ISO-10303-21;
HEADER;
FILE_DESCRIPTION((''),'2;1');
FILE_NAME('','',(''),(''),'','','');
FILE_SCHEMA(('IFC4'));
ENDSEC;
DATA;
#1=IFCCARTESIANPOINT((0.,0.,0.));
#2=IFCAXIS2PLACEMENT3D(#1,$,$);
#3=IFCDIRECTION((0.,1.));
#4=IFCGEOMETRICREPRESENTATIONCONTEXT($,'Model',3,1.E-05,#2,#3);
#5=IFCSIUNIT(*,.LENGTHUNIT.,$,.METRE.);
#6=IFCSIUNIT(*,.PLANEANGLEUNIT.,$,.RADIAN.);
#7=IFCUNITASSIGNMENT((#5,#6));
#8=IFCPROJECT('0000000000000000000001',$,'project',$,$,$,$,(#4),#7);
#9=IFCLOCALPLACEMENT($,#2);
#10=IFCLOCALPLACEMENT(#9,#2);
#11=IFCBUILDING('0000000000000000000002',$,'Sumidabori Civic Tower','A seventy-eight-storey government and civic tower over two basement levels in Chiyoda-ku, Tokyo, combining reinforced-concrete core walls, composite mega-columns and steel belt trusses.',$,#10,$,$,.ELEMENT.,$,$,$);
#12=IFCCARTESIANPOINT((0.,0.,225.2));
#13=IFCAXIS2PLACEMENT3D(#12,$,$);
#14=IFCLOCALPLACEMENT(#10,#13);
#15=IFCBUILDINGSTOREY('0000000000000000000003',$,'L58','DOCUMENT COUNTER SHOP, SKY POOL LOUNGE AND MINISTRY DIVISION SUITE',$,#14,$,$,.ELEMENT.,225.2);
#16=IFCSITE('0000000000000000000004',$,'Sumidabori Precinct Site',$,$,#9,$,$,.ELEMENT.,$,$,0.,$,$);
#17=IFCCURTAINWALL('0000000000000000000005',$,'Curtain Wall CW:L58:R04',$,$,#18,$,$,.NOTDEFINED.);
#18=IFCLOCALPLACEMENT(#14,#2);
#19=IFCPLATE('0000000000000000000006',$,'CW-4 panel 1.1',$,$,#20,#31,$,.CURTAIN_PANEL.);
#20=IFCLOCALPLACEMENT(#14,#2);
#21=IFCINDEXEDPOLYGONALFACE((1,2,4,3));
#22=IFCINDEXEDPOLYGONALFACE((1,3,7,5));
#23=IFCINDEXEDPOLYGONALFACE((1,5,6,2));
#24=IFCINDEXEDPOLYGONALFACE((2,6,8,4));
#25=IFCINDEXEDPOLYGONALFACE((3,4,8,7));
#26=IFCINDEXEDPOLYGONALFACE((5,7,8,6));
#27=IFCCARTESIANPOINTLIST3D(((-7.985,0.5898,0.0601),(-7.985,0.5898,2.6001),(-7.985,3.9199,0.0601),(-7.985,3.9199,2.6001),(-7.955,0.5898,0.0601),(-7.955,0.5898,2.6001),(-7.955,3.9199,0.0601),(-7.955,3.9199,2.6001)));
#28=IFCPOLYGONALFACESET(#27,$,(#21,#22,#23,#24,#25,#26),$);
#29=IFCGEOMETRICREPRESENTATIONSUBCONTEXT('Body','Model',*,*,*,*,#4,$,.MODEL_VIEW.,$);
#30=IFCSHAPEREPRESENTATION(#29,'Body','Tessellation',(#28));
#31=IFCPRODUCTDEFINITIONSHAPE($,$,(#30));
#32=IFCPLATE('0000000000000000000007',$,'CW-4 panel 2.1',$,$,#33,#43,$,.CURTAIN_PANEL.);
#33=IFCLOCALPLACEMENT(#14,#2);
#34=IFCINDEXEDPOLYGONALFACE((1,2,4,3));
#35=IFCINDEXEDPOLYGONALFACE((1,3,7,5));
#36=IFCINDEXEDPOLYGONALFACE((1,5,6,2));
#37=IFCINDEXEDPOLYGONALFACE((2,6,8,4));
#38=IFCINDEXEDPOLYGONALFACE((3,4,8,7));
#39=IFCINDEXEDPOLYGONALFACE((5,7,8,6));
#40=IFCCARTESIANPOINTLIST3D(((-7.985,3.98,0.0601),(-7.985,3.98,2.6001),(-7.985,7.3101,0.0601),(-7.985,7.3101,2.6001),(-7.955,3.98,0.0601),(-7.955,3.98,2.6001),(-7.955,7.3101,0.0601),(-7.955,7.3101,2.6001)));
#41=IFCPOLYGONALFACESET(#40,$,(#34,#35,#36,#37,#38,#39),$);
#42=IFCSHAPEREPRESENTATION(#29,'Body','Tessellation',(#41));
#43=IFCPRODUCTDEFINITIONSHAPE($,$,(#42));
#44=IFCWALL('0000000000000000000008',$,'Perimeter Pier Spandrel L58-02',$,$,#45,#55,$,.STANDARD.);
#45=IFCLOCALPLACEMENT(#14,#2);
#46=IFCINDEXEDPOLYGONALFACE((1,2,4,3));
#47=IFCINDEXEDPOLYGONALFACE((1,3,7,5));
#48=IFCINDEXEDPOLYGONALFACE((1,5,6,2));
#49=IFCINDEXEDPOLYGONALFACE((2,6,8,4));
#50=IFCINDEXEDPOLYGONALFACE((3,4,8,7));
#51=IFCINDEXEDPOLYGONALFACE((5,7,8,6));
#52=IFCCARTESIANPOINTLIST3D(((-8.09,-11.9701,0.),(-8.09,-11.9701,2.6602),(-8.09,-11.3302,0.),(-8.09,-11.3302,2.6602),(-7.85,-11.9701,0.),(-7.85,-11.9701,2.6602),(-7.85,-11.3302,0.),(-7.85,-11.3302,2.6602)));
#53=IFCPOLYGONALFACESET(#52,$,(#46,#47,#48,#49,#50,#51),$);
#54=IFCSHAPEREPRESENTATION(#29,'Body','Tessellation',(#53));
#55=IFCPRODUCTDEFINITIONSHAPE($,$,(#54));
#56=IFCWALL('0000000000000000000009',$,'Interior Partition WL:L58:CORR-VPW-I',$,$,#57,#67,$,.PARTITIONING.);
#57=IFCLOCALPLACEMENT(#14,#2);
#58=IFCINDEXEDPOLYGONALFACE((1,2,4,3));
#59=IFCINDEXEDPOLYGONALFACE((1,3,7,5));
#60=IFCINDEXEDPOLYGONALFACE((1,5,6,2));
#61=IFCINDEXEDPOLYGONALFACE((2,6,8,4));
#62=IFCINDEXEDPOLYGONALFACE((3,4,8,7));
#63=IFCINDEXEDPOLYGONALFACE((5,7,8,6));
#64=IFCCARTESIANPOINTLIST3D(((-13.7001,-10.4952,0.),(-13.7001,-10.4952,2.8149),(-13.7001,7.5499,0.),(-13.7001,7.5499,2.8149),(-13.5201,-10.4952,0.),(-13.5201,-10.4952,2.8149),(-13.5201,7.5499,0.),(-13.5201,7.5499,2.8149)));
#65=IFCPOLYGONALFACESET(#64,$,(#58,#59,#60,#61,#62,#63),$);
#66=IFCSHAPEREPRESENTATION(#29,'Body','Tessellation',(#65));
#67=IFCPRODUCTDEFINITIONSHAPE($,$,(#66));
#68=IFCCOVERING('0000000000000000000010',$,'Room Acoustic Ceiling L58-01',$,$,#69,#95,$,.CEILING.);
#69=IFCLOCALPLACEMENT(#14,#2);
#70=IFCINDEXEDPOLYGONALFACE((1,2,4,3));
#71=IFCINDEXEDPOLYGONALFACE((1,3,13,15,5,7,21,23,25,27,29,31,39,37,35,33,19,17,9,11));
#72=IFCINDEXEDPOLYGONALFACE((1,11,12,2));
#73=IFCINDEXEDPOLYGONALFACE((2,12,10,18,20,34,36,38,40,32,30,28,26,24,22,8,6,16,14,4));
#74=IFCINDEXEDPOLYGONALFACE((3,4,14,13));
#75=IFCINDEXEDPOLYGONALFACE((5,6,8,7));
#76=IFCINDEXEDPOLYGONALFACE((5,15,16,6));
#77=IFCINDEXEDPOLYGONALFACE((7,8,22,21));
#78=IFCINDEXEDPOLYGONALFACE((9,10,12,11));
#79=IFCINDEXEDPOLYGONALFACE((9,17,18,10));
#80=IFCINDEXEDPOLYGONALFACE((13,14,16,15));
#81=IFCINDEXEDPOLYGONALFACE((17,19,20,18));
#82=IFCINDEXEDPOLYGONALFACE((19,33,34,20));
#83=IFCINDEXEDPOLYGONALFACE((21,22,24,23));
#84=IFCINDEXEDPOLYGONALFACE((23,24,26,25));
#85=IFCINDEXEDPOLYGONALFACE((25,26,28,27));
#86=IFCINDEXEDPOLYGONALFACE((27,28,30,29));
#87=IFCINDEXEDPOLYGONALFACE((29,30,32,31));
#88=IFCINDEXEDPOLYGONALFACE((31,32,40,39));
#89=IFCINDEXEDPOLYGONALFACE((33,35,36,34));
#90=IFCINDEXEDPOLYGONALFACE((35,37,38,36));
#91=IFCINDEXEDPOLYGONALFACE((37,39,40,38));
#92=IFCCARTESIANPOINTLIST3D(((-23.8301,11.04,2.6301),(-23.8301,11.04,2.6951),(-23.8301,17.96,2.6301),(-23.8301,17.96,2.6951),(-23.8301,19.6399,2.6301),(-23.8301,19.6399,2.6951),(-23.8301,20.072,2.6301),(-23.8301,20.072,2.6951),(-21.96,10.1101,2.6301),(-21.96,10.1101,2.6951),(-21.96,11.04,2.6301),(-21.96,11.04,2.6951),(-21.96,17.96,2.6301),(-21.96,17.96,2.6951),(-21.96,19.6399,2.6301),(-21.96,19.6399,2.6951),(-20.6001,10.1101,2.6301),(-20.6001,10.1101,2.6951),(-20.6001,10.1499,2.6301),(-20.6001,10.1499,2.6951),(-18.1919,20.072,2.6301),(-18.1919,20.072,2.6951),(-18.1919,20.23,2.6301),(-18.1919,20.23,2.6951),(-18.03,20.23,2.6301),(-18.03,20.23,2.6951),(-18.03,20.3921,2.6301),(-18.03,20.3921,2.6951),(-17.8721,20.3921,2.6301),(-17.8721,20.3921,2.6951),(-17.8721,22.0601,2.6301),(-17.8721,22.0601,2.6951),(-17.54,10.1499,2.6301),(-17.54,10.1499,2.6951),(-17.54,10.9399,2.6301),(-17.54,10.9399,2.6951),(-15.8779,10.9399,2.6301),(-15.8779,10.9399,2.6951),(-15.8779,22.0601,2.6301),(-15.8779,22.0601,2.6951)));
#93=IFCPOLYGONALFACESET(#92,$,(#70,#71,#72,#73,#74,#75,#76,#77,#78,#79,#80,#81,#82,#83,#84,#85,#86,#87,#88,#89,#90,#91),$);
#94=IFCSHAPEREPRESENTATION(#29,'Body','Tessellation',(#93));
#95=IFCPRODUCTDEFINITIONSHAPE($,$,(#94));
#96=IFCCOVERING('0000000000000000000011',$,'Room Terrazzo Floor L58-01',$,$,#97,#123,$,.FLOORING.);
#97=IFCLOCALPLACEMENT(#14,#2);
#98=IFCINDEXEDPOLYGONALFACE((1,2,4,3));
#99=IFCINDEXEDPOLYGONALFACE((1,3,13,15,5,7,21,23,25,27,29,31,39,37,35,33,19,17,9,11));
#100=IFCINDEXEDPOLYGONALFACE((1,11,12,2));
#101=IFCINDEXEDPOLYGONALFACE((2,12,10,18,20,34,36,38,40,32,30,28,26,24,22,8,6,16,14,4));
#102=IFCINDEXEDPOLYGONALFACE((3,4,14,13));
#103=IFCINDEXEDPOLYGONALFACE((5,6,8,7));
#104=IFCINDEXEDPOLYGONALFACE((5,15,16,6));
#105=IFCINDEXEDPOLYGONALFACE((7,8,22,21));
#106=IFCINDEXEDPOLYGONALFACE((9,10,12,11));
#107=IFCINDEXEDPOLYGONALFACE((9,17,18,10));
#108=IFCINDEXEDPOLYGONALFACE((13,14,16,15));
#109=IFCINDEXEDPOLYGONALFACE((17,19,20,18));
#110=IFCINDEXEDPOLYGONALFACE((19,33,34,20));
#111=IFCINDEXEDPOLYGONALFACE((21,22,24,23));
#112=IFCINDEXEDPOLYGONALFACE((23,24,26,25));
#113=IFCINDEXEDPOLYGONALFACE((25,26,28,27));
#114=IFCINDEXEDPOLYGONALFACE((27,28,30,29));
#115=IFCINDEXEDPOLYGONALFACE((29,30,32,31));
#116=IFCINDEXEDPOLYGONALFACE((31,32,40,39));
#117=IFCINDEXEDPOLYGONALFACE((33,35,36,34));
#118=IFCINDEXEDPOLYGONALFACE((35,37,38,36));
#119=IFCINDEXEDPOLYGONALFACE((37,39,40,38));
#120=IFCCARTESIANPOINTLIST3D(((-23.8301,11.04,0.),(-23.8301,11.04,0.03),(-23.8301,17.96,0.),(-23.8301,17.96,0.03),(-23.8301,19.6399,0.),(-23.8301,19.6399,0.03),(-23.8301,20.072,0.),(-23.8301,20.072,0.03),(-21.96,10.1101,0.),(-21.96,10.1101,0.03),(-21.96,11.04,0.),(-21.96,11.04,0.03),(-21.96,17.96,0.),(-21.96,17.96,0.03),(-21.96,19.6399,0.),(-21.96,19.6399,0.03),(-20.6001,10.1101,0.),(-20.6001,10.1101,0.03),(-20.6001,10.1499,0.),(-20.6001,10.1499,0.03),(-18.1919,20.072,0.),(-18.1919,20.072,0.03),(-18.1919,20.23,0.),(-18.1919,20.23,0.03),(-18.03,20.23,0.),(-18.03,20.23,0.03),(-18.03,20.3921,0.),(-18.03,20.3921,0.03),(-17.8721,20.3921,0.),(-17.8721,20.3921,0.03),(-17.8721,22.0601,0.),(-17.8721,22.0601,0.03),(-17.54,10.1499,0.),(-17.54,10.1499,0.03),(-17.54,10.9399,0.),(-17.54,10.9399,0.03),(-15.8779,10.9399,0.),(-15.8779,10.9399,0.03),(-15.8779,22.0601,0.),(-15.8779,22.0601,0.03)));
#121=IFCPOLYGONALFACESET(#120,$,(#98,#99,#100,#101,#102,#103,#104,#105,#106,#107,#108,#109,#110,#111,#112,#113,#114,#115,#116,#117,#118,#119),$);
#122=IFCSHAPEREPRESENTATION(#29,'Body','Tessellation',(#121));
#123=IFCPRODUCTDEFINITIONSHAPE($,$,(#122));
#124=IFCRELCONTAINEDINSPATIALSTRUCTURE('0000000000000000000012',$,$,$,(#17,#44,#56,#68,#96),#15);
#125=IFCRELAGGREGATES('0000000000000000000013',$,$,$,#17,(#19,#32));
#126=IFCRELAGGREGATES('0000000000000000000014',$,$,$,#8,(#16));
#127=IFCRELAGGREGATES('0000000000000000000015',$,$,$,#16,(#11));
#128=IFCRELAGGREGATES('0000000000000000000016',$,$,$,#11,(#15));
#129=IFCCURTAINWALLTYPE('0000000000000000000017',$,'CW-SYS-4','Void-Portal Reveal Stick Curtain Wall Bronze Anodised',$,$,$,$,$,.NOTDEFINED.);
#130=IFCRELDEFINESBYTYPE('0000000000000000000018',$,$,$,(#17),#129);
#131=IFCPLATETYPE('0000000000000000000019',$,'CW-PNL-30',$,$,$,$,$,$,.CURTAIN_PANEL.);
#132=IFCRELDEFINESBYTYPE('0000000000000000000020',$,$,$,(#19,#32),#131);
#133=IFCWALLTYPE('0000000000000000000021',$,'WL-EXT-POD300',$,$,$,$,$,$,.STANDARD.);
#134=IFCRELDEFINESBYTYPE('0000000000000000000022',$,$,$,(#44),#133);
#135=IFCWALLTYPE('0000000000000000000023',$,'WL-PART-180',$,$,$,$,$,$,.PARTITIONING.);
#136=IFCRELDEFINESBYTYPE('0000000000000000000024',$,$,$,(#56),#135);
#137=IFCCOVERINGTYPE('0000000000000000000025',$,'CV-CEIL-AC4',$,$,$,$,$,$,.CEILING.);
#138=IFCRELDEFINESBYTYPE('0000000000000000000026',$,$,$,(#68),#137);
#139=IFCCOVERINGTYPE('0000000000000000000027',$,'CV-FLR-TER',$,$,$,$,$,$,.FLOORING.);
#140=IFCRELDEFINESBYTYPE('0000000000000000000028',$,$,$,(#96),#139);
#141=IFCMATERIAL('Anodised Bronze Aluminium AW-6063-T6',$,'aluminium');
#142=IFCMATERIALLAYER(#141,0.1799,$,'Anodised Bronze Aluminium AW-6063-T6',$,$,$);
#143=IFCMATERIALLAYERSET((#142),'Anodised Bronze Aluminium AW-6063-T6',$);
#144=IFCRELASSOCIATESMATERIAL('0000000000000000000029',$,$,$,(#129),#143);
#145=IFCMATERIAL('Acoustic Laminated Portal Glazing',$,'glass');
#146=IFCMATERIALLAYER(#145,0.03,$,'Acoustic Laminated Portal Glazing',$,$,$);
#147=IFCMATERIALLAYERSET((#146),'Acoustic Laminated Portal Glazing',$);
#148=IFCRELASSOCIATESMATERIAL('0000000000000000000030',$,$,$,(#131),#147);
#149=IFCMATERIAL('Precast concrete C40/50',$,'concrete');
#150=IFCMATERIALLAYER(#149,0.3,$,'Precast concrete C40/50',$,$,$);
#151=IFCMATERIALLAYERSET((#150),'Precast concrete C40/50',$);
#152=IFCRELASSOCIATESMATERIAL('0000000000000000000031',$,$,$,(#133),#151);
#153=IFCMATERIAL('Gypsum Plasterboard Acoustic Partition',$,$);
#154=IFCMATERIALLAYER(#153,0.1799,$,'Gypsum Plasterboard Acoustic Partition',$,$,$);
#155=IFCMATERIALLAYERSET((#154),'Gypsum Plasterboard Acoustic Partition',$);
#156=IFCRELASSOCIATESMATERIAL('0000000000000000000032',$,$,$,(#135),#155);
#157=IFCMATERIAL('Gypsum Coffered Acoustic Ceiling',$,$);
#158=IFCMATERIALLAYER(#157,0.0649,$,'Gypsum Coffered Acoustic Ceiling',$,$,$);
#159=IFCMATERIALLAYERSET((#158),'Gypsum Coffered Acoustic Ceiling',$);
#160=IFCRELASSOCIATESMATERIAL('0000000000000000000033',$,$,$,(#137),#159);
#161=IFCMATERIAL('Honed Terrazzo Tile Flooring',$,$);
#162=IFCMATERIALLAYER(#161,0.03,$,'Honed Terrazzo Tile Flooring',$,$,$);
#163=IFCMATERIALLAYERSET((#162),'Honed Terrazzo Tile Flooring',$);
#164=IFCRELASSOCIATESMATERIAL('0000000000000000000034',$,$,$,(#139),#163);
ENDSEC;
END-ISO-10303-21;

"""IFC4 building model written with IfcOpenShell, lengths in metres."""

from ifc_helpers import new_model, si_unit, direction, frame, frame_2d, origin, origin_2d, place, context, subcontext, project, spatial, polyline, rectangle, outline, extrude, source, transform, mapped, material, layer, layer_set, type_object, element, aggregate, save


model = new_model("IFC4")

# Units and contexts
model_context = context("Model", 3, precision=1e-05, world=origin(), true_north=direction((0.0, 1.0)))
body_context = subcontext(model_context, "Body", "Model", "MODEL_VIEW")
ifc_project = project(units=[si_unit("LENGTHUNIT", "METRE"), si_unit("PLANEANGLEUNIT", "RADIAN")], contexts=[model_context])

# Site, building, storey
site_placement = place(None, origin())
site = spatial("IfcSite", under=ifc_project, at=site_placement, Name="Sumidabori Precinct Site", CompositionType="ELEMENT", RefElevation=0.0)
building_placement = place(site_placement, origin())
building = spatial("IfcBuilding", under=site, at=building_placement, Name="Sumidabori Civic Tower", Description="A seventy-eight-storey government and civic tower over two basement levels in Chiyoda-ku, Tokyo, combining reinforced-concrete core walls, composite mega-columns and steel belt trusses.", CompositionType="ELEMENT")
storey_placement = place(building_placement, frame((0.0, 0.0, 225.2)))
storey = spatial("IfcBuildingStorey", under=building, at=storey_placement, Name="L58", Description="DOCUMENT COUNTER SHOP, SKY POOL LOUNGE AND MINISTRY DIVISION SUITE", CompositionType="ELEMENT", Elevation=225.2)

# Curtain wall
ifc_material_1 = material(Name="Anodised Bronze Aluminium AW-6063-T6", Category="aluminium")
ifc_layer_1 = layer(ifc_material_1, 0.1799, Name="Anodised Bronze Aluminium AW-6063-T6")
ifc_layer_set_1 = layer_set([ifc_layer_1], Name="Anodised Bronze Aluminium AW-6063-T6")
curtain_wall_type_1 = type_object("IfcCurtainWallType", Name="CW-SYS-4", Description="Void-Portal Reveal Stick Curtain Wall Bronze Anodised", PredefinedType="NOTDEFINED", material=ifc_layer_set_1)
curtain_wall_1_placement = place(storey_placement, origin())
curtain_wall_1 = element("IfcCurtainWall", 1, at=curtain_wall_1_placement, inside=storey, type_object=curtain_wall_type_1, Name="Curtain Wall CW:L58:R04", PredefinedType="NOTDEFINED")

# Plates
ifc_material_2 = material(Name="Acoustic Laminated Portal Glazing", Category="glass")
ifc_layer_2 = layer(ifc_material_2, 0.03, Name="Acoustic Laminated Portal Glazing")
ifc_layer_set_2 = layer_set([ifc_layer_2], Name="Acoustic Laminated Portal Glazing")
plate_type_1 = type_object("IfcPlateType", Name="CW-PNL-30", PredefinedType="CURTAIN_PANEL", material=ifc_layer_set_2)
shared_shape_1 = source(origin(), body_context, "Body", "SweptSolid", [
    extrude(rectangle(XDim=3.3301, YDim=0.03, at=origin_2d()), origin(), (0.0, 0.0, 1.0), 2.54),
])
plate_1_placement = place(storey_placement, frame((-7.97, 2.2549, 0.0601), z_axis=(0.0, 0.0, 1.0), x_axis=(0.0, 1.0, 0.0)))
plate_1 = element("IfcPlate", 2, at=plate_1_placement, type_object=plate_type_1, Name="CW-4 panel 1.1", PredefinedType="CURTAIN_PANEL", context=body_context, shape_type="MappedRepresentation", body=[
    mapped(shared_shape_1, transform((0.0, 0.0, 0.0), x_axis=(1.0, 0.0, 0.0), y_axis=(0.0, 1.0, 0.0), z_axis=(0.0, 0.0, 1.0), scale=1.0)),
])
plate_2_placement = place(storey_placement, frame((-7.97, 5.645, 0.0601), z_axis=(0.0, 0.0, 1.0), x_axis=(0.0, 1.0, 0.0)))
plate_2 = element("IfcPlate", 3, at=plate_2_placement, type_object=plate_type_1, Name="CW-4 panel 2.1", PredefinedType="CURTAIN_PANEL", context=body_context, shape_type="MappedRepresentation", body=[
    mapped(shared_shape_1, transform((0.0, 0.0, 0.0), x_axis=(1.0, 0.0, 0.0), y_axis=(0.0, 1.0, 0.0), z_axis=(0.0, 0.0, 1.0), scale=1.0)),
])
aggregate(curtain_wall_1, [plate_1, plate_2])

# Walls
ifc_material_3 = material(Name="Precast concrete C40/50", Category="concrete")
ifc_layer_3 = layer(ifc_material_3, 0.3, Name="Precast concrete C40/50")
ifc_layer_set_3 = layer_set([ifc_layer_3], Name="Precast concrete C40/50")
wall_type_1 = type_object("IfcWallType", Name="WL-EXT-POD300", PredefinedType="STANDARD", material=ifc_layer_set_3)
shared_shape_2 = source(origin(), body_context, "Body", "SweptSolid", [
    extrude(rectangle(XDim=0.6399, YDim=0.24, at=frame_2d((0.3198, 0.0))), origin(), (0.0, 0.0, 1.0), 2.6602),
])
wall_1_placement = place(storey_placement, frame((-7.97, -11.97, 0.0), z_axis=(0.0, 0.0, 1.0), x_axis=(0.0, 1.0, 0.0)))
element("IfcWall", 4, at=wall_1_placement, inside=storey, type_object=wall_type_1, Name="Perimeter Pier Spandrel L58-02", PredefinedType="STANDARD", context=body_context, shape_type="MappedRepresentation", body=[
    mapped(shared_shape_2, transform((0.0, 0.0, 0.0), x_axis=(1.0, 0.0, 0.0), y_axis=(0.0, 1.0, 0.0), z_axis=(0.0, 0.0, 1.0), scale=1.0)),
])
ifc_material_4 = material(Name="Gypsum Plasterboard Acoustic Partition")
ifc_layer_4 = layer(ifc_material_4, 0.1799, Name="Gypsum Plasterboard Acoustic Partition")
ifc_layer_set_4 = layer_set([ifc_layer_4], Name="Gypsum Plasterboard Acoustic Partition")
wall_type_2 = type_object("IfcWallType", Name="WL-PART-180", PredefinedType="PARTITIONING", material=ifc_layer_set_4)
shared_shape_3 = source(origin(), body_context, "Body", "SweptSolid", [
    extrude(rectangle(XDim=18.0452, YDim=0.1799, at=frame_2d((9.0225, 0.0))), origin(), (0.0, 0.0, 1.0), 2.8149),
])
wall_2_placement = place(storey_placement, frame((-13.6101, -10.4951, 0.0), z_axis=(0.0, 0.0, 1.0), x_axis=(0.0, 1.0, 0.0)))
element("IfcWall", 5, at=wall_2_placement, inside=storey, type_object=wall_type_2, Name="Interior Partition WL:L58:CORR-VPW-I", PredefinedType="PARTITIONING", context=body_context, shape_type="MappedRepresentation", body=[
    mapped(shared_shape_3, transform((0.0, 0.0, 0.0), x_axis=(1.0, 0.0, 0.0), y_axis=(0.0, 1.0, 0.0), z_axis=(0.0, 0.0, 1.0), scale=1.0)),
])

# Coverings
ifc_material_5 = material(Name="Gypsum Coffered Acoustic Ceiling")
ifc_layer_5 = layer(ifc_material_5, 0.0649, Name="Gypsum Coffered Acoustic Ceiling")
ifc_layer_set_5 = layer_set([ifc_layer_5], Name="Gypsum Coffered Acoustic Ceiling")
covering_type_1 = type_object("IfcCoveringType", Name="CV-CEIL-AC4", PredefinedType="CEILING", material=ifc_layer_set_5)
covering_1_placement = place(storey_placement, frame((0.0, 0.0, 2.6301)))
element("IfcCovering", 6, at=covering_1_placement, inside=storey, type_object=covering_type_1, Name="Room Acoustic Ceiling L58-01", PredefinedType="CEILING", context=body_context, shape_type="SweptSolid", body=[
    extrude(outline(polyline([(-23.8301, 17.96), (-21.96, 17.96), (-21.96, 19.6399), (-23.8301, 19.6399), (-23.8301, 20.072), (-18.1919, 20.072), (-18.1919, 20.23), (-18.03, 20.23), (-18.03, 20.3921), (-17.8721, 20.3921), (-17.8721, 22.0601), (-15.8779, 22.0601), (-15.8779, 10.9399), (-17.54, 10.9399), (-17.54, 10.1499), (-20.6001, 10.1499), (-20.6001, 10.1101), (-21.96, 10.1101), (-21.96, 11.04), (-23.8301, 11.04), (-23.8301, 17.96)])), origin(), (0.0, 0.0, 1.0), 0.0649),
])
ifc_material_6 = material(Name="Honed Terrazzo Tile Flooring")
ifc_layer_6 = layer(ifc_material_6, 0.03, Name="Honed Terrazzo Tile Flooring")
ifc_layer_set_6 = layer_set([ifc_layer_6], Name="Honed Terrazzo Tile Flooring")
covering_type_2 = type_object("IfcCoveringType", Name="CV-FLR-TER", PredefinedType="FLOORING", material=ifc_layer_set_6)
covering_2_placement = place(storey_placement, origin())
element("IfcCovering", 7, at=covering_2_placement, inside=storey, type_object=covering_type_2, Name="Room Terrazzo Floor L58-01", PredefinedType="FLOORING", context=body_context, shape_type="SweptSolid", body=[
    extrude(outline(polyline([(-23.8301, 17.96), (-21.96, 17.96), (-21.96, 19.6399), (-23.8301, 19.6399), (-23.8301, 20.072), (-18.1919, 20.072), (-18.1919, 20.23), (-18.03, 20.23), (-18.03, 20.3921), (-17.8721, 20.3921), (-17.8721, 22.0601), (-15.8779, 22.0601), (-15.8779, 10.9399), (-17.54, 10.9399), (-17.54, 10.1499), (-20.6001, 10.1499), (-20.6001, 10.1101), (-21.96, 10.1101), (-21.96, 11.04), (-23.8301, 11.04), (-23.8301, 17.96)])), origin(), (0.0, 0.0, 1.0), 0.03),
])

save(model, "model.ifc")
